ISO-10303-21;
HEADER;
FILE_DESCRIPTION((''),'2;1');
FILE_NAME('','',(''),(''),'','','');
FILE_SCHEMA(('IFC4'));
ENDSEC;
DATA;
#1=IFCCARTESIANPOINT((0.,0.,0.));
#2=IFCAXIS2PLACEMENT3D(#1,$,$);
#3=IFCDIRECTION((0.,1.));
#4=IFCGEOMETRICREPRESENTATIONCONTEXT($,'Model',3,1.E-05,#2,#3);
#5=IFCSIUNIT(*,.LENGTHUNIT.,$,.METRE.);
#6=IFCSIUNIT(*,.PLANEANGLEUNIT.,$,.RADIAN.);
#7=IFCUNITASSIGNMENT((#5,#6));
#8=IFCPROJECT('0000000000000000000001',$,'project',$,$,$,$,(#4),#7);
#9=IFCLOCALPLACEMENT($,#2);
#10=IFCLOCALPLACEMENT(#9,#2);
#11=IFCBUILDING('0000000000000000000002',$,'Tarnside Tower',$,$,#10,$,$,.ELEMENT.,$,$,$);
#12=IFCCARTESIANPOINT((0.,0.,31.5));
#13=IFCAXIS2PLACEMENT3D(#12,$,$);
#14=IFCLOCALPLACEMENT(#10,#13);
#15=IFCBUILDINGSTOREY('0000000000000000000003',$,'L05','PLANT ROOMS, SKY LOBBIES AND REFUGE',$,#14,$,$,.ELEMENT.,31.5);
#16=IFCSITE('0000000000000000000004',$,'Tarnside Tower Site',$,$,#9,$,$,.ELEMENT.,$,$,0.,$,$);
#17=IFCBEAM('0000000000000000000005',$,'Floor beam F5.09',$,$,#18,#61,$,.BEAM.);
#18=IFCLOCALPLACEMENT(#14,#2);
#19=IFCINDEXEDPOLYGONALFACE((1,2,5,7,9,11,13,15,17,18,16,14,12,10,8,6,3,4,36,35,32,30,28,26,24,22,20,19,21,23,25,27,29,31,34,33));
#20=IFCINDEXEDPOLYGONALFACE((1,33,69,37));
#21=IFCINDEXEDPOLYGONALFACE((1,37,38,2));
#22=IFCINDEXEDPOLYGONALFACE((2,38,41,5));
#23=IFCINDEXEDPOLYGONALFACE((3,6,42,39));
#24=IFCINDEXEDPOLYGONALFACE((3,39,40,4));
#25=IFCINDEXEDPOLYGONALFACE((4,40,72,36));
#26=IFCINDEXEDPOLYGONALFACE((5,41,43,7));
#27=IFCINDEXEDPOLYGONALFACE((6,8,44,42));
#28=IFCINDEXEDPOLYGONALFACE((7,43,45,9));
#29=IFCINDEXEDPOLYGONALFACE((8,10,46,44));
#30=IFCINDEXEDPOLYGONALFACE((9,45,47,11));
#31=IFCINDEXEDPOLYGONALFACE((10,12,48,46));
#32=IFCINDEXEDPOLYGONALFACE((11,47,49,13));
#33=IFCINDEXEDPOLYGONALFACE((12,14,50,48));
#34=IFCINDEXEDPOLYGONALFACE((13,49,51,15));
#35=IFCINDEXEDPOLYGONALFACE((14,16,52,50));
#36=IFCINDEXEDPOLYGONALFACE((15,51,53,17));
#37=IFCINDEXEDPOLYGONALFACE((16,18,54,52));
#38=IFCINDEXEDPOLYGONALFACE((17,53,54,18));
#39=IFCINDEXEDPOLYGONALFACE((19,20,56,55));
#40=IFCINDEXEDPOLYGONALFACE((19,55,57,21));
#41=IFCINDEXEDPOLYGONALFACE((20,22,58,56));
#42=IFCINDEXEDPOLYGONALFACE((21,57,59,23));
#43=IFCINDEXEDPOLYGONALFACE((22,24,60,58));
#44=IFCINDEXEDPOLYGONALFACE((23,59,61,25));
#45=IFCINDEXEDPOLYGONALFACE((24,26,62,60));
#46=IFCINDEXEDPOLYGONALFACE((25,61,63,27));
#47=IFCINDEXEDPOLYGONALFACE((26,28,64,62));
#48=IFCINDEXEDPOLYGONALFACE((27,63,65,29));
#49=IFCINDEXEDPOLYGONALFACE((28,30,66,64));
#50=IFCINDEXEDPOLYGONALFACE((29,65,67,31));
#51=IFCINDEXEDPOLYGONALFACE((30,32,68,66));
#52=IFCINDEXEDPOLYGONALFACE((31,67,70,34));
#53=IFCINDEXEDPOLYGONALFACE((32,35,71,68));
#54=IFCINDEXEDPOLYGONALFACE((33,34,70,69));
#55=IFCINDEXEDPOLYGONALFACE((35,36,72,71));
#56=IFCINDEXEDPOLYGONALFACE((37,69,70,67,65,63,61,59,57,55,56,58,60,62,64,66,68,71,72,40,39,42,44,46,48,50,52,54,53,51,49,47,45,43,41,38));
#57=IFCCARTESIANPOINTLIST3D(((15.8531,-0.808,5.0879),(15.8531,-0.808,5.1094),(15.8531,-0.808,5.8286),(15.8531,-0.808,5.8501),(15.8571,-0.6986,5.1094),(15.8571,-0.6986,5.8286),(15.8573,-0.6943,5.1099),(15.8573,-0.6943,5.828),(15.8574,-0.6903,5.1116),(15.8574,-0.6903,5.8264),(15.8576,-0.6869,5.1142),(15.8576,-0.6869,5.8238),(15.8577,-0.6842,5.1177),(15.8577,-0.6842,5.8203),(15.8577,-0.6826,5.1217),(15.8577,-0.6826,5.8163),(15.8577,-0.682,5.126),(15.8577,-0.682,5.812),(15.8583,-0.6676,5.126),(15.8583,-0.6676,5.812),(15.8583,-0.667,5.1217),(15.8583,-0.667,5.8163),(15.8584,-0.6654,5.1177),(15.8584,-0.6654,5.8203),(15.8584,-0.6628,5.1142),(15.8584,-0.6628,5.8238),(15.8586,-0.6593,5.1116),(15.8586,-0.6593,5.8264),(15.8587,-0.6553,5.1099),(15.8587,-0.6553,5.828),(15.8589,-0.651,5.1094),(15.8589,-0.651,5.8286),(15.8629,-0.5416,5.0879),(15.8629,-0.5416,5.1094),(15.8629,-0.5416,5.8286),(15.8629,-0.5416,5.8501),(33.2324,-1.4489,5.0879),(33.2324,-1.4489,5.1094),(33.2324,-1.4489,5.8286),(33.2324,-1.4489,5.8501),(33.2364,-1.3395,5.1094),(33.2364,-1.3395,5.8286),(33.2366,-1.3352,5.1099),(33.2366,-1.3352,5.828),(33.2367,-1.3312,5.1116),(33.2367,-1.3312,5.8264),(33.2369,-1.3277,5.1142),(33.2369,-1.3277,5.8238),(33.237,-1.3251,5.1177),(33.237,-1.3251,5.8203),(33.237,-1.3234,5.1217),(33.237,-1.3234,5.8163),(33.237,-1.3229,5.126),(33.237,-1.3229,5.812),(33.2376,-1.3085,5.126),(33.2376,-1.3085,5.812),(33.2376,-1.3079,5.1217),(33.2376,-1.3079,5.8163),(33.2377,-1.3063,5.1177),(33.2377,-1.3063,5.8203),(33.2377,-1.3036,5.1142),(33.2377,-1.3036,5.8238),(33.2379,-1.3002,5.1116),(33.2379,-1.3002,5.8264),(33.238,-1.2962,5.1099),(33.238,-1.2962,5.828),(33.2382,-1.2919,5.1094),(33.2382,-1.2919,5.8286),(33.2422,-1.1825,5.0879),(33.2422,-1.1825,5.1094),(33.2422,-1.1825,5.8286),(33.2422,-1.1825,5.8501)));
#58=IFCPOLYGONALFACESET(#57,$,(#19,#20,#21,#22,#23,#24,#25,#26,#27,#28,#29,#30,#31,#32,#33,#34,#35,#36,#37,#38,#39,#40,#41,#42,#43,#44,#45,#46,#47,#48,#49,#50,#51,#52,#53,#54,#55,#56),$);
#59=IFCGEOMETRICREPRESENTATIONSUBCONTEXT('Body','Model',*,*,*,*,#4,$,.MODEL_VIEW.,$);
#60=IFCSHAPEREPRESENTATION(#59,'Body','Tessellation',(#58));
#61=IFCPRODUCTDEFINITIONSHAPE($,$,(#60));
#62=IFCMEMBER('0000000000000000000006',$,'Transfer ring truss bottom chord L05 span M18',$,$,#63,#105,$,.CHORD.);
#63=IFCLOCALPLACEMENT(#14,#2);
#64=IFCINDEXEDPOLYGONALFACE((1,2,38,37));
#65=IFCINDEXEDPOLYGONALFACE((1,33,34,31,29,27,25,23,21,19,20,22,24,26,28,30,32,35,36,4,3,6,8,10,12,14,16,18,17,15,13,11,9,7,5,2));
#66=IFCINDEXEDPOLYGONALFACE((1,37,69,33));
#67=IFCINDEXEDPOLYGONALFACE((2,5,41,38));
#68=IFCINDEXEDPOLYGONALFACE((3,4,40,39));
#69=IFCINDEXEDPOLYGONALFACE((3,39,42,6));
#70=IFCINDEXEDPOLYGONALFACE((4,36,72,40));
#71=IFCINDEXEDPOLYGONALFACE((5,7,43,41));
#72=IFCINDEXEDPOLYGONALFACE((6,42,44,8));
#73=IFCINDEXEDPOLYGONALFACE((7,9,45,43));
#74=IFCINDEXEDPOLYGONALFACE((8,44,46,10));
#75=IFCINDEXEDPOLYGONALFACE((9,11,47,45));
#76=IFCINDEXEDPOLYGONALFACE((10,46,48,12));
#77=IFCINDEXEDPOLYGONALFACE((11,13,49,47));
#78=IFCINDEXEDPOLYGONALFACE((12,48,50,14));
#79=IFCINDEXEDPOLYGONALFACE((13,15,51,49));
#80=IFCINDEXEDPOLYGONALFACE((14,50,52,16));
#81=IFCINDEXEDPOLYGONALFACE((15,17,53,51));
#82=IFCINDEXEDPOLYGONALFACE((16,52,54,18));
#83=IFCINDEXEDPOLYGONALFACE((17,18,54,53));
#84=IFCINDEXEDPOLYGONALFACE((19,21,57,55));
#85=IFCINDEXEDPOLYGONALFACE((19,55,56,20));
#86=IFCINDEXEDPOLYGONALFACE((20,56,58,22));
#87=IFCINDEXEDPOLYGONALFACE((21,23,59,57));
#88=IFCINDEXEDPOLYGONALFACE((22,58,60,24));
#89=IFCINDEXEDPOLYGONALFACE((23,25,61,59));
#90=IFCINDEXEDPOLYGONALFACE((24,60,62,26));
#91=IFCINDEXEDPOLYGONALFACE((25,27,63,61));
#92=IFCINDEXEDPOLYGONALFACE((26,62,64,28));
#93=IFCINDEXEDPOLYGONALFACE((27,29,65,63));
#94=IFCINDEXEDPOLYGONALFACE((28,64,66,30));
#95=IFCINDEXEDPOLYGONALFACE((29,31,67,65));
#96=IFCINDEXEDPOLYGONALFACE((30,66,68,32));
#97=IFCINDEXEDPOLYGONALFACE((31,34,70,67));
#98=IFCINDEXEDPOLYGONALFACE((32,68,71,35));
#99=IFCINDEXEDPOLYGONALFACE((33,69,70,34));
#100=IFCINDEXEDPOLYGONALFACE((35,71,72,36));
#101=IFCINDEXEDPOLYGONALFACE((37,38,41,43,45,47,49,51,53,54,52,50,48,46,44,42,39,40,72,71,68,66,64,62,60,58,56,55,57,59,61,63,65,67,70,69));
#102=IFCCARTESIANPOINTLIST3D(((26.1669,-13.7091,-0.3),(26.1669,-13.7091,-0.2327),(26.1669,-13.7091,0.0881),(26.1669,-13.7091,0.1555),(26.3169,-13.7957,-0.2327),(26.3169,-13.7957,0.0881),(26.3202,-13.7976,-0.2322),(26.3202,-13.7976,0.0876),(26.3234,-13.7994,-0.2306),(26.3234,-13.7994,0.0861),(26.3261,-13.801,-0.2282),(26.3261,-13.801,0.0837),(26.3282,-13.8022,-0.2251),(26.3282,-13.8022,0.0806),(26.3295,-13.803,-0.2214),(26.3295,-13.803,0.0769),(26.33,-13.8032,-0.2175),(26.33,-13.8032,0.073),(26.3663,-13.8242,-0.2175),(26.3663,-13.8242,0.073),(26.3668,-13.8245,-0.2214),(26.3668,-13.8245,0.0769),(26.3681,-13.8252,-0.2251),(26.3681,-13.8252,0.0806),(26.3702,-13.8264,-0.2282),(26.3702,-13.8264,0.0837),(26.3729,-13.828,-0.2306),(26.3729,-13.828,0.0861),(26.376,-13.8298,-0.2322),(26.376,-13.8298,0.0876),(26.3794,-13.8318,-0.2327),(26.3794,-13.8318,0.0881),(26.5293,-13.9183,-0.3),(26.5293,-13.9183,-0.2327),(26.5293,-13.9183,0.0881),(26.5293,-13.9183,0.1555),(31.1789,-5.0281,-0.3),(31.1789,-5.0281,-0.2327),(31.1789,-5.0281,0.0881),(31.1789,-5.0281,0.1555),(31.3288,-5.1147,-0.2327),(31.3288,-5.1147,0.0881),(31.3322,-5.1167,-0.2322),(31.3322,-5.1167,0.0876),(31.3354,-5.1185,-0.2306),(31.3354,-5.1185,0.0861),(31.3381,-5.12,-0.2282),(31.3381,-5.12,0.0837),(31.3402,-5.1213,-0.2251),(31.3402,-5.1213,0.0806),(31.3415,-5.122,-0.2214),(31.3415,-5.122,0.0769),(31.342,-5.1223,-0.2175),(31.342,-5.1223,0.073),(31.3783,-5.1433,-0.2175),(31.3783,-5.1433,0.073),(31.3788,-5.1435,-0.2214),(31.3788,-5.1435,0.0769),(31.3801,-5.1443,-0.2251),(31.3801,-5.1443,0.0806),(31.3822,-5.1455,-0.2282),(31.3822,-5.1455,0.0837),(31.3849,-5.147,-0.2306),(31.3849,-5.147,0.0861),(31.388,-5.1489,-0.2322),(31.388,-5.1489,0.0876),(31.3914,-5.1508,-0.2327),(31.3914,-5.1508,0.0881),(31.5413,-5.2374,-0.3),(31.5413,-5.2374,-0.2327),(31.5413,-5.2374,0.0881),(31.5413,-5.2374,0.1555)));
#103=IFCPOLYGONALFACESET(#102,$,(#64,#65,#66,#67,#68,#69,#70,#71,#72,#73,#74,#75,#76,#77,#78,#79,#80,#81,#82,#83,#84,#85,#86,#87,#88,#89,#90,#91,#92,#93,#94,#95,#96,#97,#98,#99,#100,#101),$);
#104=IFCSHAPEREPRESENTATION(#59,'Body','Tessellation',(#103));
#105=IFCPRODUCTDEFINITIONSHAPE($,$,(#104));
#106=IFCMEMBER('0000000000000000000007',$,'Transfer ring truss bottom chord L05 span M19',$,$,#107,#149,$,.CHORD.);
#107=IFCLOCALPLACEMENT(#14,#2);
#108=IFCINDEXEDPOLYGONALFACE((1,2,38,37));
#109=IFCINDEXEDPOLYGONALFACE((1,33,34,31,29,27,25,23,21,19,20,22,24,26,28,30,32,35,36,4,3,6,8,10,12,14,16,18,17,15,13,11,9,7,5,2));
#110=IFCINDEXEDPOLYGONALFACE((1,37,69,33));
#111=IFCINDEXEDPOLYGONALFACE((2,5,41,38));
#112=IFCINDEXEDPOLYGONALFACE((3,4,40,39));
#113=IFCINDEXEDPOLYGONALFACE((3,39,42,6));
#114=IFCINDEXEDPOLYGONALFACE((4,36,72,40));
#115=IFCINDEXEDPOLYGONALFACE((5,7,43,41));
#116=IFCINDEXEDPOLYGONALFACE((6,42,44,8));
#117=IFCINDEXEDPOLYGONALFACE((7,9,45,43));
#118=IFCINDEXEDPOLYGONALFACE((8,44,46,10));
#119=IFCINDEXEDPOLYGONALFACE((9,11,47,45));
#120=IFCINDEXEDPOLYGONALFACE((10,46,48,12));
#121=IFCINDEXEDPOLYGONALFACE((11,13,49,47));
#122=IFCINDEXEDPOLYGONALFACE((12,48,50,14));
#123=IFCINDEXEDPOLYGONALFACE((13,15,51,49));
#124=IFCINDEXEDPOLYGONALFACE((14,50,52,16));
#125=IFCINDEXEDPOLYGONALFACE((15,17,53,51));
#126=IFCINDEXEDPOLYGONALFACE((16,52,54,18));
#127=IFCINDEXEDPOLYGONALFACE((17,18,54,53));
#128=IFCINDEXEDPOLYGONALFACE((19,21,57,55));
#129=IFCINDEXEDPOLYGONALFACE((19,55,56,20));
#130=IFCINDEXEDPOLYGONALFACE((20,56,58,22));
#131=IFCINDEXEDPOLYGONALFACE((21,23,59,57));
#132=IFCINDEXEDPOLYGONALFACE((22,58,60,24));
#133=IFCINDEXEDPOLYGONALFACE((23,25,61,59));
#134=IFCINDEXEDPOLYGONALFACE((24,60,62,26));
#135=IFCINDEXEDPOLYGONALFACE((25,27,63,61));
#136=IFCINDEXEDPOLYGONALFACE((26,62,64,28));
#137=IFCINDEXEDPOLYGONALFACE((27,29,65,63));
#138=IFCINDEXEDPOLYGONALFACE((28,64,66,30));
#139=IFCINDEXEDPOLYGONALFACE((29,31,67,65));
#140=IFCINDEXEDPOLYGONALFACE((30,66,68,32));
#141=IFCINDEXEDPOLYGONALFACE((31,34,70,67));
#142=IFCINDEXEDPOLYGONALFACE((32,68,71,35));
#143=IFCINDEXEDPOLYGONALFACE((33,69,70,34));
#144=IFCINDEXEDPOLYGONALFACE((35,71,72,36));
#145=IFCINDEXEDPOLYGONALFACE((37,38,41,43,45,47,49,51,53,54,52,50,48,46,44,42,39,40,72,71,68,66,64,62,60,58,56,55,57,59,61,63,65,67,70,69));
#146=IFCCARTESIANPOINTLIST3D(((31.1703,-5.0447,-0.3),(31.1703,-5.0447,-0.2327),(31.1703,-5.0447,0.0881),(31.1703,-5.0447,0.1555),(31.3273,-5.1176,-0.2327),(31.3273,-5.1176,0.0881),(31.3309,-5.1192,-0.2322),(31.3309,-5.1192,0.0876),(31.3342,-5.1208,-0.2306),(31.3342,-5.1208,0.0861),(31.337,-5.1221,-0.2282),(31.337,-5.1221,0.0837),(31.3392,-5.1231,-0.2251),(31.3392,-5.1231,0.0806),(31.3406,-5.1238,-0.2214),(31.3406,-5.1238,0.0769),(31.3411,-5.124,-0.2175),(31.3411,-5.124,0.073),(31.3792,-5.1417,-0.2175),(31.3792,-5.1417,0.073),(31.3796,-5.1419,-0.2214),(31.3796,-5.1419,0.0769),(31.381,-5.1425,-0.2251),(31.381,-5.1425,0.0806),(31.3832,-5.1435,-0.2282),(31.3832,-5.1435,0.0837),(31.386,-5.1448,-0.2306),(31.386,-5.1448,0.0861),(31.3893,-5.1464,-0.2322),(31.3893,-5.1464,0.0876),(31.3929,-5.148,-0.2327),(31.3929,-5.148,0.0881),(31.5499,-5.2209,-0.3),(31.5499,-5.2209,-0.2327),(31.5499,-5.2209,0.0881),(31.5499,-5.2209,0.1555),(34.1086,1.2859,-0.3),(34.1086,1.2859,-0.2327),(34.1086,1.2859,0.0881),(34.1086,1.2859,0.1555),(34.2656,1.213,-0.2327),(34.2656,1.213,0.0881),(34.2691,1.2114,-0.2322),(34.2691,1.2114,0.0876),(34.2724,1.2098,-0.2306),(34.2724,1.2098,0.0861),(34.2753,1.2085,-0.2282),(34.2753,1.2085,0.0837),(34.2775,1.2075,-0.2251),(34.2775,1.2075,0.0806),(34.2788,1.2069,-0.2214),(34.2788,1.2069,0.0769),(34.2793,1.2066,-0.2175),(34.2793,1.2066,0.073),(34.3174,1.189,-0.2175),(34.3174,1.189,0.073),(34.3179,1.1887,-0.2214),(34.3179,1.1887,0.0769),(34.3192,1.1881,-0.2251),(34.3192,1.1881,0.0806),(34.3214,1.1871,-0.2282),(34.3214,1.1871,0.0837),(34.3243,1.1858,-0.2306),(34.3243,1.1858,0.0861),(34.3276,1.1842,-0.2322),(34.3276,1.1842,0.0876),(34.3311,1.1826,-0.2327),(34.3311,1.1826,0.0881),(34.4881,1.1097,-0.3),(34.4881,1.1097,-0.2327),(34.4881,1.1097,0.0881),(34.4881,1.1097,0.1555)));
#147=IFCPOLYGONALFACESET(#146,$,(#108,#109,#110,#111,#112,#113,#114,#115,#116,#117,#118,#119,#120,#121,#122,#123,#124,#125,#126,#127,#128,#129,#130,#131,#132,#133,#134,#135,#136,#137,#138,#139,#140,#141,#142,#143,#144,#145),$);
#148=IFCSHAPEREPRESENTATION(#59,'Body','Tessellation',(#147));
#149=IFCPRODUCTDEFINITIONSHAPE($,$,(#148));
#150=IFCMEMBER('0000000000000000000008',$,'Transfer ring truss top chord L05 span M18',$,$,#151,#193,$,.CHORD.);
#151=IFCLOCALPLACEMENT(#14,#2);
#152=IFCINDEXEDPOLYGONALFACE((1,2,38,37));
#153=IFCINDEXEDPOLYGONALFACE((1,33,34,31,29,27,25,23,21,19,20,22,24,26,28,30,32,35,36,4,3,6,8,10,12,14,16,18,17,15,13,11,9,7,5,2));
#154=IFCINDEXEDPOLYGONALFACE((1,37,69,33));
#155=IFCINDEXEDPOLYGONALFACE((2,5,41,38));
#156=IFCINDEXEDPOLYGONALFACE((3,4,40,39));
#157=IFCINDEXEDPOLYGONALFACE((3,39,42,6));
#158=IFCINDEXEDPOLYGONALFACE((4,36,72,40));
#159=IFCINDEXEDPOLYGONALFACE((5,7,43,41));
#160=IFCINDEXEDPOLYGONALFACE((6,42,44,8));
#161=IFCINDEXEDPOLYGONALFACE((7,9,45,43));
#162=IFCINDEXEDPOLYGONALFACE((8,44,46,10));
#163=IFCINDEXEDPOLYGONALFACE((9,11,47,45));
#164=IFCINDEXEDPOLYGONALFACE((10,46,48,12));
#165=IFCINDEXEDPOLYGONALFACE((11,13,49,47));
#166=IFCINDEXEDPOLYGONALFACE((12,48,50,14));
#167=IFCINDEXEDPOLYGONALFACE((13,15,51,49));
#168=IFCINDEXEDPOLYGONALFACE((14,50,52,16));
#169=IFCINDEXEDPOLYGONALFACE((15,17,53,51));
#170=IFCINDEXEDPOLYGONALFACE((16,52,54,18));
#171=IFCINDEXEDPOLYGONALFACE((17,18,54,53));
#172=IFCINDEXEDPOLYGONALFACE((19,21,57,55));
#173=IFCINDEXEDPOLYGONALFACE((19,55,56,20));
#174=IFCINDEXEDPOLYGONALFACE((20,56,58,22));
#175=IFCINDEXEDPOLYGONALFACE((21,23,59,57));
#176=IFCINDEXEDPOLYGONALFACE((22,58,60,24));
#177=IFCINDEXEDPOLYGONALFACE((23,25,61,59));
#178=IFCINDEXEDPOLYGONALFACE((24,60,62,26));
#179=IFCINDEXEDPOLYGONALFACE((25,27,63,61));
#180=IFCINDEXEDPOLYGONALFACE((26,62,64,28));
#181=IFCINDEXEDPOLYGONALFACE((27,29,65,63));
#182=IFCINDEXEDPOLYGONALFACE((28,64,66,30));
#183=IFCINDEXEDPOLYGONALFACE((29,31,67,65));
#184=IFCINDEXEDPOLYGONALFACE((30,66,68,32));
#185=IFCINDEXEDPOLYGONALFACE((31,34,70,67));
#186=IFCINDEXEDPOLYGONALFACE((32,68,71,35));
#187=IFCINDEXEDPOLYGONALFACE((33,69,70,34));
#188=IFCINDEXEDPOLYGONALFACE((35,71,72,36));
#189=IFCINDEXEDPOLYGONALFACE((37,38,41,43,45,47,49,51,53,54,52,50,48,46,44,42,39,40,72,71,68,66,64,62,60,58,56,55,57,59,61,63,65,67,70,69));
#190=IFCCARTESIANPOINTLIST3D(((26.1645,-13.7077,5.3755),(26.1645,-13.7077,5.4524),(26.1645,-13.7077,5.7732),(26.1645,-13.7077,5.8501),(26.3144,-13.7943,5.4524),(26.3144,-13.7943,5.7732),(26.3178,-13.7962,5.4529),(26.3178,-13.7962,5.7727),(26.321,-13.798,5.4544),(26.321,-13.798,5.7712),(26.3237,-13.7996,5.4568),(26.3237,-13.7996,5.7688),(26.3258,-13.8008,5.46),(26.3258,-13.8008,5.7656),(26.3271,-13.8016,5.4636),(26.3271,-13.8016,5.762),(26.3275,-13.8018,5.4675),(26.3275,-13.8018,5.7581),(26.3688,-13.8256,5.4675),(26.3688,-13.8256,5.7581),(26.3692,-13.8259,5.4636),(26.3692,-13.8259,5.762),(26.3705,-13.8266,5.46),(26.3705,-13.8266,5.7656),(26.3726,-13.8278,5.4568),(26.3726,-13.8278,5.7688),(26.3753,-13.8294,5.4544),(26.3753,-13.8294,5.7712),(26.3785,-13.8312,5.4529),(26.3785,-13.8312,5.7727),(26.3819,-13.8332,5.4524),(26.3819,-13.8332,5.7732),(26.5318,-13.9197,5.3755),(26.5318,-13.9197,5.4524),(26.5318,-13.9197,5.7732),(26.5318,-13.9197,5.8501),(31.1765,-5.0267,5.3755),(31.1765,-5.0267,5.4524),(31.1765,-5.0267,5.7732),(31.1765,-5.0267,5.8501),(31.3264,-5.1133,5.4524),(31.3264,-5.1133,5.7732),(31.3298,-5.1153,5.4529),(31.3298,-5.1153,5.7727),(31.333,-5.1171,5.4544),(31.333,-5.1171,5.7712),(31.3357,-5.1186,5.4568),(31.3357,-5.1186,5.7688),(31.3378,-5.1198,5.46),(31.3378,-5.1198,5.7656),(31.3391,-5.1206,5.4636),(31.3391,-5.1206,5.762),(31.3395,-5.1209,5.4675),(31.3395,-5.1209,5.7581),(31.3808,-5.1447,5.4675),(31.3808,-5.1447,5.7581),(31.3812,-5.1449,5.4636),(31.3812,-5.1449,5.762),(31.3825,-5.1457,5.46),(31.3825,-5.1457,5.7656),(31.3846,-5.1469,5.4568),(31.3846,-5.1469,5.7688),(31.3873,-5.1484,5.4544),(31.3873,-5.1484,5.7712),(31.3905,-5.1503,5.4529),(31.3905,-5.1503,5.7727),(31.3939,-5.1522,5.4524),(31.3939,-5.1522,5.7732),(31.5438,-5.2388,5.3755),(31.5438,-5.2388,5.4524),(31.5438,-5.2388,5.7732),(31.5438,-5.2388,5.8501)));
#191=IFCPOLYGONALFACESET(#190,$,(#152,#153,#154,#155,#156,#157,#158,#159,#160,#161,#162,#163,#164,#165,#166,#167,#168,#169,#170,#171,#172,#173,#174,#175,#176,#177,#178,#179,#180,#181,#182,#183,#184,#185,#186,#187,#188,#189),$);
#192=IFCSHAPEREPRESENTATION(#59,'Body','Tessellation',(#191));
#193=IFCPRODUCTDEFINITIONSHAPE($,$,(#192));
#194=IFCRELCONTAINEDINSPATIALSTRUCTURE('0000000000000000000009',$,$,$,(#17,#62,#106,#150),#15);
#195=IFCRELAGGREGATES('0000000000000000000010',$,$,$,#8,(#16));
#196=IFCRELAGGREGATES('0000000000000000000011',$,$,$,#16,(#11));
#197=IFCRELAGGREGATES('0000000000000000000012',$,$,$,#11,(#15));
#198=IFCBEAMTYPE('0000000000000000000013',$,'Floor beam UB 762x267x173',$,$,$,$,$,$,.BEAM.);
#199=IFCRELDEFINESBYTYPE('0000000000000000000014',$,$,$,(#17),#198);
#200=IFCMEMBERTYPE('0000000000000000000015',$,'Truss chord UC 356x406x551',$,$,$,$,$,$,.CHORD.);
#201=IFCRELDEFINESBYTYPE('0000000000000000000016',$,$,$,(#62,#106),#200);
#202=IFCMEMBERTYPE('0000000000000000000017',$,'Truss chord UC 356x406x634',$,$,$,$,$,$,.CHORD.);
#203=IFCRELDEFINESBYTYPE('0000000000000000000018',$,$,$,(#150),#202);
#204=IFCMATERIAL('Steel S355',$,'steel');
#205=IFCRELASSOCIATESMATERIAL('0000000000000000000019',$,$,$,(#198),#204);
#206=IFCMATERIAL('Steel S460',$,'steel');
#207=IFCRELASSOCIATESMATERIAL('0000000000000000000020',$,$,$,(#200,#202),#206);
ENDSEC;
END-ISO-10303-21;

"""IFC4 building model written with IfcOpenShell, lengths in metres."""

from ifc_helpers import new_model, si_unit, direction, frame, origin, origin_2d, place, context, subcontext, project, spatial, i_section, extrude, material, material_profile, profile_set, type_object, element, save


model = new_model("IFC4")

# Units and contexts
model_context = context("Model", 3, precision=1e-05, world=origin(), true_north=direction((0.0, 1.0)))
body_context = subcontext(model_context, "Body", "Model", "MODEL_VIEW")
ifc_project = project(units=[si_unit("LENGTHUNIT", "METRE"), si_unit("PLANEANGLEUNIT", "RADIAN")], contexts=[model_context])

# Site, building, storey
site_placement = place(None, origin())
site = spatial("IfcSite", under=ifc_project, at=site_placement, Name="Tarnside Tower Site", CompositionType="ELEMENT", RefElevation=0.0)
building_placement = place(site_placement, origin())
building = spatial("IfcBuilding", under=site, at=building_placement, Name="Tarnside Tower", CompositionType="ELEMENT")
storey_placement = place(building_placement, frame((0.0, 0.0, 31.5)))
storey = spatial("IfcBuildingStorey", under=building, at=storey_placement, Name="L05", Description="PLANT ROOMS, SKY LOBBIES AND REFUGE", CompositionType="ELEMENT", Elevation=31.5)

# Beam
ifc_material_1 = material(Name="Steel S355", Category="steel")
ifc_material_profile_1 = material_profile(ifc_material_1, i_section(OverallWidth=0.2666, OverallDepth=0.7622, WebThickness=0.0144, FlangeThickness=0.0215, FilletRadius=0.0166, at=origin_2d()), Name="UB 762x267x173")
ifc_profile_set_1 = profile_set([ifc_material_profile_1], Name="Steel S355")
beam_type_1 = type_object("IfcBeamType", Name="Floor beam UB 762x267x173", PredefinedType="BEAM", material=ifc_profile_set_1)
beam_1_placement = place(storey_placement, frame((33.2373, -1.3157, 5.469), z_axis=(-0.999321, 0.03685, 0.0), x_axis=(-0.03685, -0.999321, 0.0)))
element("IfcBeam", 1, at=beam_1_placement, inside=storey, type_object=beam_type_1, Name="Floor beam F5.09", PredefinedType="BEAM", context=body_context, shape_type="SweptSolid", body=[
    extrude(i_section(OverallWidth=0.2666, OverallDepth=0.7622, WebThickness=0.0144, FlangeThickness=0.0215, FilletRadius=0.0166, at=origin_2d()), origin(), (0.0, 0.0, 1.0), 17.3911),
])

# Members
ifc_material_2 = material(Name="Steel S460", Category="steel")
ifc_material_profile_2 = material_profile(ifc_material_2, i_section(OverallWidth=0.4185, OverallDepth=0.4556, WebThickness=0.042, FlangeThickness=0.0674, FilletRadius=0.0151, at=origin_2d()), Name="UC 356x406x551")
ifc_profile_set_2 = profile_set([ifc_material_profile_2], Name="Steel S460")
member_type_1 = type_object("IfcMemberType", Name="Truss chord UC 356x406x551", PredefinedType="CHORD", material=ifc_profile_set_2)
member_1_placement = place(storey_placement, frame((26.3481, -13.8137, -0.0723), z_axis=(0.500003, 0.866024, 0.0), x_axis=(-0.866024, 0.500003, 0.0)))
element("IfcMember", 2, at=member_1_placement, inside=storey, type_object=member_type_1, Name="Transfer ring truss bottom chord L05 span M18", PredefinedType="CHORD", context=body_context, shape_type="SweptSolid", body=[
    extrude(i_section(OverallWidth=0.4185, OverallDepth=0.4556, WebThickness=0.042, FlangeThickness=0.0674, FilletRadius=0.0151, at=origin_2d()), origin(), (0.0, 0.0, 1.0), 10.0239),
])
member_2_placement = place(storey_placement, frame((31.3601, -5.1328, -0.0723), z_axis=(0.420998, 0.907061, 0.0), x_axis=(-0.907061, 0.420998, 0.0)))
element("IfcMember", 3, at=member_2_placement, inside=storey, type_object=member_type_1, Name="Transfer ring truss bottom chord L05 span M19", PredefinedType="CHORD", context=body_context, shape_type="SweptSolid", body=[
    extrude(i_section(OverallWidth=0.4185, OverallDepth=0.4556, WebThickness=0.042, FlangeThickness=0.0674, FilletRadius=0.0151, at=origin_2d()), origin(), (0.0, 0.0, 1.0), 6.9792),
])
ifc_material_profile_3 = material_profile(ifc_material_2, i_section(OverallWidth=0.4241, OverallDepth=0.4746, WebThickness=0.0476, FlangeThickness=0.0769, FilletRadius=0.0151, at=origin_2d()), Name="UC 356x406x634")
ifc_profile_set_3 = profile_set([ifc_material_profile_3], Name="Steel S460")
member_type_2 = type_object("IfcMemberType", Name="Truss chord UC 356x406x634", PredefinedType="CHORD", material=ifc_profile_set_3)
member_3_placement = place(storey_placement, frame((26.3481, -13.8137, 5.6128), z_axis=(0.500003, 0.866024, 0.0), x_axis=(-0.866024, 0.500003, 0.0)))
element("IfcMember", 4, at=member_3_placement, inside=storey, type_object=member_type_2, Name="Transfer ring truss top chord L05 span M18", PredefinedType="CHORD", context=body_context, shape_type="SweptSolid", body=[
    extrude(i_section(OverallWidth=0.4241, OverallDepth=0.4746, WebThickness=0.0476, FlangeThickness=0.0769, FilletRadius=0.0151, at=origin_2d()), origin(), (0.0, 0.0, 1.0), 10.0239),
])

save(model, "model.ifc")
